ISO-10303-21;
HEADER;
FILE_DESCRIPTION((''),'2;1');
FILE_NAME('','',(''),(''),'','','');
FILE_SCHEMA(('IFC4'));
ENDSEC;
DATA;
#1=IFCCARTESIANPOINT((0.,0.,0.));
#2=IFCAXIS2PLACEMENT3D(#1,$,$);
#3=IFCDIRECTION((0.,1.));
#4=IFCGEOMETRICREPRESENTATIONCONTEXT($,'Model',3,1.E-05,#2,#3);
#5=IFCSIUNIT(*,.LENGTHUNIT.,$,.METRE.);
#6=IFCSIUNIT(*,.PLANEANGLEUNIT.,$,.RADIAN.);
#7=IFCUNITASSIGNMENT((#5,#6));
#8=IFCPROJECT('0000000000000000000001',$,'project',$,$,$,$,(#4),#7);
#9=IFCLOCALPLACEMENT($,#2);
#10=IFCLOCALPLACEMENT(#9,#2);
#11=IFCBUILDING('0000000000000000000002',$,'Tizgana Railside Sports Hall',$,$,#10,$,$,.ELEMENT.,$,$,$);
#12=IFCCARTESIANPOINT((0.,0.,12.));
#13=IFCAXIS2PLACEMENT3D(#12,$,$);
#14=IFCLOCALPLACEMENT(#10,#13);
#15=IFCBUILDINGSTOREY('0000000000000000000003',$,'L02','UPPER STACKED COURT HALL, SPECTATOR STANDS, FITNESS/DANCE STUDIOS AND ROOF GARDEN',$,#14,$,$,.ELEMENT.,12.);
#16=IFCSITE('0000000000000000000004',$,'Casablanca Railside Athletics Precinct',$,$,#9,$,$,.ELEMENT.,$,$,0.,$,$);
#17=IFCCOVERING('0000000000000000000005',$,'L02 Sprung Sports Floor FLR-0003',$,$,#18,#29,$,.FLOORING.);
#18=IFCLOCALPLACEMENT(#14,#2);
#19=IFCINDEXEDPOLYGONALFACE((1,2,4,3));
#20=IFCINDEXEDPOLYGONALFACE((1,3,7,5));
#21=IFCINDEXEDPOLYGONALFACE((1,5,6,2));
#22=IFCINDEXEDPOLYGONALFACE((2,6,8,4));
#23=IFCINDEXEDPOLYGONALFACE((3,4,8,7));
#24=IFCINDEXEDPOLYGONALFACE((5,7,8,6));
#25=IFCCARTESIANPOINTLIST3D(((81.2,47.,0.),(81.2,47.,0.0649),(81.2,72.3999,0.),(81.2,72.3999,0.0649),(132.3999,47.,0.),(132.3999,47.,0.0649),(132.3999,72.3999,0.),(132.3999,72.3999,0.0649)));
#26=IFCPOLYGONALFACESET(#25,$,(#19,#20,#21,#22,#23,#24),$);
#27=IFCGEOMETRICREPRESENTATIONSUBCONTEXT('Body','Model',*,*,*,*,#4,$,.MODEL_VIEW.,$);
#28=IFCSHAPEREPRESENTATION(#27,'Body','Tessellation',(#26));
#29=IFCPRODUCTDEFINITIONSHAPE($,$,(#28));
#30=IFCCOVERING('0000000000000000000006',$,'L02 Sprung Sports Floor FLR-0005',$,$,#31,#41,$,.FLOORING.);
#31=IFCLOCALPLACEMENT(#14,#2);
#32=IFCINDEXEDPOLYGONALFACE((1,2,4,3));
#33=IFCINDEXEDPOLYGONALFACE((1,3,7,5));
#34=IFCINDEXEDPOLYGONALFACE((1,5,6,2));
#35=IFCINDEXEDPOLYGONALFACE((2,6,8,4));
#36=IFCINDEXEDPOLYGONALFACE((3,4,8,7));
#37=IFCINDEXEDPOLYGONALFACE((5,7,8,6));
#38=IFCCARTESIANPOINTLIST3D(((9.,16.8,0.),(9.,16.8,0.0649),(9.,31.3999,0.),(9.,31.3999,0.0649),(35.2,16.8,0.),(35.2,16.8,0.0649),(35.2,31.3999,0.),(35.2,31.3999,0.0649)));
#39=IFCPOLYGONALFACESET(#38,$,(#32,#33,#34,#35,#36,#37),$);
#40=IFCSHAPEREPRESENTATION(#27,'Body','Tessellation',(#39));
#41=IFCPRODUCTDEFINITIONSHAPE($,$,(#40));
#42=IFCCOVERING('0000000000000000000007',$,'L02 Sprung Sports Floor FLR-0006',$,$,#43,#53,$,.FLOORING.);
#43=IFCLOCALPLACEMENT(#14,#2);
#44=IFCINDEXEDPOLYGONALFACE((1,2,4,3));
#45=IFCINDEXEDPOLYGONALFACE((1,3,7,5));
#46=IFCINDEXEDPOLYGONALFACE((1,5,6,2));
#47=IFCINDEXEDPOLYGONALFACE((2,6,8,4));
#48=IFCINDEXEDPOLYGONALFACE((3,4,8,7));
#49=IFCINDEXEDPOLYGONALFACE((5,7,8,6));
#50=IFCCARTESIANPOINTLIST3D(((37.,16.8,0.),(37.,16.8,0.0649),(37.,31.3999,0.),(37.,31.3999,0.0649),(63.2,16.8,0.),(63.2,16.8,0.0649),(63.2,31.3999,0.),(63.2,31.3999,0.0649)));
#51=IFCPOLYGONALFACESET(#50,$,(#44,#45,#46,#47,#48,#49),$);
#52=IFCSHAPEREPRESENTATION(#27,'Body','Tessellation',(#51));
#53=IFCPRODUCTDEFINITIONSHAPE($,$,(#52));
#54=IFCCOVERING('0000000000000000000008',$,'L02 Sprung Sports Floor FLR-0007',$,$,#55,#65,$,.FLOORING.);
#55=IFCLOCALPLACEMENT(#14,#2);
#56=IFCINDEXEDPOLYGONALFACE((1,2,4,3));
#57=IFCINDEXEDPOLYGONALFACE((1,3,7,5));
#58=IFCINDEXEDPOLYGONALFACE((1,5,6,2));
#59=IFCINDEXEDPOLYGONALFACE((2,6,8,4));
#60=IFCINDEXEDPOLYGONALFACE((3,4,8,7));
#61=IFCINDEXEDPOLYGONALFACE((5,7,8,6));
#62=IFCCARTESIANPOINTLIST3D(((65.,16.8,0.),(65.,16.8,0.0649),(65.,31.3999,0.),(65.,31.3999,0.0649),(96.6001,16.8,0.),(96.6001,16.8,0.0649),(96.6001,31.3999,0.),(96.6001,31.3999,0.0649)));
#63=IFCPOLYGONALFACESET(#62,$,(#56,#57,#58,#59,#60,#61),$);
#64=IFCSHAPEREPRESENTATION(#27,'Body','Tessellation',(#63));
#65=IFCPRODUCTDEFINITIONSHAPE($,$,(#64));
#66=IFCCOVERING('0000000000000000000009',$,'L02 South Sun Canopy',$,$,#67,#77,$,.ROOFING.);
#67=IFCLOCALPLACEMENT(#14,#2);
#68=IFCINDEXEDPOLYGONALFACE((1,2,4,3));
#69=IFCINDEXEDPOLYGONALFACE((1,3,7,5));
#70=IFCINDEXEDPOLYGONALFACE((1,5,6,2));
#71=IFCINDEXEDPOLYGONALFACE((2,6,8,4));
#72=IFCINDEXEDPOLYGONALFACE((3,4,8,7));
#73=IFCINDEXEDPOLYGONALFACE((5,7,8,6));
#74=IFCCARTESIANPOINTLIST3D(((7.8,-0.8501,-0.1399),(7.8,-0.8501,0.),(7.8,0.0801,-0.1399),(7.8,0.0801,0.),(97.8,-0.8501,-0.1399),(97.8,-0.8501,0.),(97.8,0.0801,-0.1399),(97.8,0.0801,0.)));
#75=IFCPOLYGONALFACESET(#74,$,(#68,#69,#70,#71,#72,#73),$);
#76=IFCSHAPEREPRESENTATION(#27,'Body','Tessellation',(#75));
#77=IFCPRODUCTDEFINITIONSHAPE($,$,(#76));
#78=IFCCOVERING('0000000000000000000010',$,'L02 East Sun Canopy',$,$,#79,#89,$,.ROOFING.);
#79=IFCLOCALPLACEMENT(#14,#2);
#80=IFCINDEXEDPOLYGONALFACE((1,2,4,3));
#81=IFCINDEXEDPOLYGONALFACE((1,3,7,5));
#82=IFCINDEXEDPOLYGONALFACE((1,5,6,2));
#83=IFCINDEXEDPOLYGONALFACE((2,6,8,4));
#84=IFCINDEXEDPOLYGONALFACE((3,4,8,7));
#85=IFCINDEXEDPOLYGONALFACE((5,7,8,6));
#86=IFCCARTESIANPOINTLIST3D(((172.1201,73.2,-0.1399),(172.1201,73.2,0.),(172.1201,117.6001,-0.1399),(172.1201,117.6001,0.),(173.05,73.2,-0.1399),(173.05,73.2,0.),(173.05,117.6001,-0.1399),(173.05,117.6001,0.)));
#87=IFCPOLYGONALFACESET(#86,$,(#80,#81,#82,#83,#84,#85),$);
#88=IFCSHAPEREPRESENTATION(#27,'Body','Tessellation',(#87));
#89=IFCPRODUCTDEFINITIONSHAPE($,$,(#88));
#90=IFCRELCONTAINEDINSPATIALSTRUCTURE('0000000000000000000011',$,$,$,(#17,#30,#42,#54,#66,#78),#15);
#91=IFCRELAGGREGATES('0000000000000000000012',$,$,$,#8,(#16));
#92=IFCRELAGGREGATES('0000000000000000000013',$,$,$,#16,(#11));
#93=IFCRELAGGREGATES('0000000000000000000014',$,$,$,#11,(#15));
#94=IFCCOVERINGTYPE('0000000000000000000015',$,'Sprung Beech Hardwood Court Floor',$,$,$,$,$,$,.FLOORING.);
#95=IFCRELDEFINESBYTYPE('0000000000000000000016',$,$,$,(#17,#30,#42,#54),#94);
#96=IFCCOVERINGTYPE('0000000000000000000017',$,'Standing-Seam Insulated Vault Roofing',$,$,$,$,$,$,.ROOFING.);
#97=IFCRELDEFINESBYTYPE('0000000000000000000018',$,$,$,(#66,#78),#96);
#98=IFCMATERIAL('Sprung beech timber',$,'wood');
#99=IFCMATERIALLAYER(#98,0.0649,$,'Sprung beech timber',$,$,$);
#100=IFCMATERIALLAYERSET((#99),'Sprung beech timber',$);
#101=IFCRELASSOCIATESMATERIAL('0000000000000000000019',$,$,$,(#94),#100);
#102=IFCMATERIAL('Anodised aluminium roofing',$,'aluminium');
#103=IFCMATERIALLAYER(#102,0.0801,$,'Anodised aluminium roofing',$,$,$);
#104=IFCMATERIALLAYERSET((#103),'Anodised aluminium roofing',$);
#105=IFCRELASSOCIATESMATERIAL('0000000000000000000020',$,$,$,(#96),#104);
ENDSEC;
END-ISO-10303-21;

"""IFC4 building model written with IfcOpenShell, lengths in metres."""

from ifc_helpers import new_model, si_unit, direction, frame, origin, place, context, subcontext, project, spatial, polyline, outline, extrude, material, layer, layer_set, type_object, element, save


model = new_model("IFC4")

# Units and contexts
model_context = context("Model", 3, precision=1e-05, world=origin(), true_north=direction((0.0, 1.0)))
body_context = subcontext(model_context, "Body", "Model", "MODEL_VIEW")
ifc_project = project(units=[si_unit("LENGTHUNIT", "METRE"), si_unit("PLANEANGLEUNIT", "RADIAN")], contexts=[model_context])

# Site, building, storey
site_placement = place(None, origin())
site = spatial("IfcSite", under=ifc_project, at=site_placement, Name="Casablanca Railside Athletics Precinct", CompositionType="ELEMENT", RefElevation=0.0)
building_placement = place(site_placement, origin())
building = spatial("IfcBuilding", under=site, at=building_placement, Name="Tizgana Railside Sports Hall", CompositionType="ELEMENT")
storey_placement = place(building_placement, frame((0.0, 0.0, 12.0)))
storey = spatial("IfcBuildingStorey", under=building, at=storey_placement, Name="L02", Description="UPPER STACKED COURT HALL, SPECTATOR STANDS, FITNESS/DANCE STUDIOS AND ROOF GARDEN", CompositionType="ELEMENT", Elevation=12.0)

# Coverings
ifc_material_1 = material(Name="Sprung beech timber", Category="wood")
ifc_layer_1 = layer(ifc_material_1, 0.0649, Name="Sprung beech timber")
ifc_layer_set_1 = layer_set([ifc_layer_1], Name="Sprung beech timber")
covering_type_1 = type_object("IfcCoveringType", Name="Sprung Beech Hardwood Court Floor", PredefinedType="FLOORING", material=ifc_layer_set_1)
covering_1_placement = place(storey_placement, origin())
element("IfcCovering", 1, at=covering_1_placement, inside=storey, type_object=covering_type_1, Name="L02 Sprung Sports Floor FLR-0003", PredefinedType="FLOORING", context=body_context, shape_type="SweptSolid", body=[
    extrude(outline(polyline([(81.2, 47.0), (132.3999, 47.0), (132.3999, 72.3999), (81.2, 72.3999), (81.2, 47.0)])), origin(), (0.0, 0.0, 1.0), 0.0649),
])
covering_2_placement = place(storey_placement, origin())
element("IfcCovering", 2, at=covering_2_placement, inside=storey, type_object=covering_type_1, Name="L02 Sprung Sports Floor FLR-0005", PredefinedType="FLOORING", context=body_context, shape_type="SweptSolid", body=[
    extrude(outline(polyline([(9.0, 16.8), (35.2, 16.8), (35.2, 31.3999), (9.0, 31.3999), (9.0, 16.8)])), origin(), (0.0, 0.0, 1.0), 0.0649),
])
covering_3_placement = place(storey_placement, origin())
element("IfcCovering", 3, at=covering_3_placement, inside=storey, type_object=covering_type_1, Name="L02 Sprung Sports Floor FLR-0006", PredefinedType="FLOORING", context=body_context, shape_type="SweptSolid", body=[
    extrude(outline(polyline([(37.0, 16.8), (63.2, 16.8), (63.2, 31.3999), (37.0, 31.3999), (37.0, 16.8)])), origin(), (0.0, 0.0, 1.0), 0.0649),
])
covering_4_placement = place(storey_placement, origin())
element("IfcCovering", 4, at=covering_4_placement, inside=storey, type_object=covering_type_1, Name="L02 Sprung Sports Floor FLR-0007", PredefinedType="FLOORING", context=body_context, shape_type="SweptSolid", body=[
    extrude(outline(polyline([(65.0, 16.8), (96.6001, 16.8), (96.6001, 31.3999), (65.0, 31.3999), (65.0, 16.8)])), origin(), (0.0, 0.0, 1.0), 0.0649),
])
ifc_material_2 = material(Name="Anodised aluminium roofing", Category="aluminium")
ifc_layer_2 = layer(ifc_material_2, 0.0801, Name="Anodised aluminium roofing")
ifc_layer_set_2 = layer_set([ifc_layer_2], Name="Anodised aluminium roofing")
covering_type_2 = type_object("IfcCoveringType", Name="Standing-Seam Insulated Vault Roofing", PredefinedType="ROOFING", material=ifc_layer_set_2)
covering_5_placement = place(storey_placement, frame((0.0, 0.0, -0.1399)))
element("IfcCovering", 5, at=covering_5_placement, inside=storey, type_object=covering_type_2, Name="L02 South Sun Canopy", PredefinedType="ROOFING", context=body_context, shape_type="SweptSolid", body=[
    extrude(outline(polyline([(7.8, -0.8501), (97.8, -0.8501), (97.8, 0.0801), (7.8, 0.0801), (7.8, -0.8501)])), origin(), (0.0, 0.0, 1.0), 0.1399),
])
covering_6_placement = place(storey_placement, frame((0.0, 0.0, -0.1399)))
element("IfcCovering", 6, at=covering_6_placement, inside=storey, type_object=covering_type_2, Name="L02 East Sun Canopy", PredefinedType="ROOFING", context=body_context, shape_type="SweptSolid", body=[
    extrude(outline(polyline([(172.1201, 73.2), (173.05, 73.2), (173.05, 117.6001), (172.1201, 117.6001), (172.1201, 73.2)])), origin(), (0.0, 0.0, 1.0), 0.1399),
])

save(model, "model.ifc")
